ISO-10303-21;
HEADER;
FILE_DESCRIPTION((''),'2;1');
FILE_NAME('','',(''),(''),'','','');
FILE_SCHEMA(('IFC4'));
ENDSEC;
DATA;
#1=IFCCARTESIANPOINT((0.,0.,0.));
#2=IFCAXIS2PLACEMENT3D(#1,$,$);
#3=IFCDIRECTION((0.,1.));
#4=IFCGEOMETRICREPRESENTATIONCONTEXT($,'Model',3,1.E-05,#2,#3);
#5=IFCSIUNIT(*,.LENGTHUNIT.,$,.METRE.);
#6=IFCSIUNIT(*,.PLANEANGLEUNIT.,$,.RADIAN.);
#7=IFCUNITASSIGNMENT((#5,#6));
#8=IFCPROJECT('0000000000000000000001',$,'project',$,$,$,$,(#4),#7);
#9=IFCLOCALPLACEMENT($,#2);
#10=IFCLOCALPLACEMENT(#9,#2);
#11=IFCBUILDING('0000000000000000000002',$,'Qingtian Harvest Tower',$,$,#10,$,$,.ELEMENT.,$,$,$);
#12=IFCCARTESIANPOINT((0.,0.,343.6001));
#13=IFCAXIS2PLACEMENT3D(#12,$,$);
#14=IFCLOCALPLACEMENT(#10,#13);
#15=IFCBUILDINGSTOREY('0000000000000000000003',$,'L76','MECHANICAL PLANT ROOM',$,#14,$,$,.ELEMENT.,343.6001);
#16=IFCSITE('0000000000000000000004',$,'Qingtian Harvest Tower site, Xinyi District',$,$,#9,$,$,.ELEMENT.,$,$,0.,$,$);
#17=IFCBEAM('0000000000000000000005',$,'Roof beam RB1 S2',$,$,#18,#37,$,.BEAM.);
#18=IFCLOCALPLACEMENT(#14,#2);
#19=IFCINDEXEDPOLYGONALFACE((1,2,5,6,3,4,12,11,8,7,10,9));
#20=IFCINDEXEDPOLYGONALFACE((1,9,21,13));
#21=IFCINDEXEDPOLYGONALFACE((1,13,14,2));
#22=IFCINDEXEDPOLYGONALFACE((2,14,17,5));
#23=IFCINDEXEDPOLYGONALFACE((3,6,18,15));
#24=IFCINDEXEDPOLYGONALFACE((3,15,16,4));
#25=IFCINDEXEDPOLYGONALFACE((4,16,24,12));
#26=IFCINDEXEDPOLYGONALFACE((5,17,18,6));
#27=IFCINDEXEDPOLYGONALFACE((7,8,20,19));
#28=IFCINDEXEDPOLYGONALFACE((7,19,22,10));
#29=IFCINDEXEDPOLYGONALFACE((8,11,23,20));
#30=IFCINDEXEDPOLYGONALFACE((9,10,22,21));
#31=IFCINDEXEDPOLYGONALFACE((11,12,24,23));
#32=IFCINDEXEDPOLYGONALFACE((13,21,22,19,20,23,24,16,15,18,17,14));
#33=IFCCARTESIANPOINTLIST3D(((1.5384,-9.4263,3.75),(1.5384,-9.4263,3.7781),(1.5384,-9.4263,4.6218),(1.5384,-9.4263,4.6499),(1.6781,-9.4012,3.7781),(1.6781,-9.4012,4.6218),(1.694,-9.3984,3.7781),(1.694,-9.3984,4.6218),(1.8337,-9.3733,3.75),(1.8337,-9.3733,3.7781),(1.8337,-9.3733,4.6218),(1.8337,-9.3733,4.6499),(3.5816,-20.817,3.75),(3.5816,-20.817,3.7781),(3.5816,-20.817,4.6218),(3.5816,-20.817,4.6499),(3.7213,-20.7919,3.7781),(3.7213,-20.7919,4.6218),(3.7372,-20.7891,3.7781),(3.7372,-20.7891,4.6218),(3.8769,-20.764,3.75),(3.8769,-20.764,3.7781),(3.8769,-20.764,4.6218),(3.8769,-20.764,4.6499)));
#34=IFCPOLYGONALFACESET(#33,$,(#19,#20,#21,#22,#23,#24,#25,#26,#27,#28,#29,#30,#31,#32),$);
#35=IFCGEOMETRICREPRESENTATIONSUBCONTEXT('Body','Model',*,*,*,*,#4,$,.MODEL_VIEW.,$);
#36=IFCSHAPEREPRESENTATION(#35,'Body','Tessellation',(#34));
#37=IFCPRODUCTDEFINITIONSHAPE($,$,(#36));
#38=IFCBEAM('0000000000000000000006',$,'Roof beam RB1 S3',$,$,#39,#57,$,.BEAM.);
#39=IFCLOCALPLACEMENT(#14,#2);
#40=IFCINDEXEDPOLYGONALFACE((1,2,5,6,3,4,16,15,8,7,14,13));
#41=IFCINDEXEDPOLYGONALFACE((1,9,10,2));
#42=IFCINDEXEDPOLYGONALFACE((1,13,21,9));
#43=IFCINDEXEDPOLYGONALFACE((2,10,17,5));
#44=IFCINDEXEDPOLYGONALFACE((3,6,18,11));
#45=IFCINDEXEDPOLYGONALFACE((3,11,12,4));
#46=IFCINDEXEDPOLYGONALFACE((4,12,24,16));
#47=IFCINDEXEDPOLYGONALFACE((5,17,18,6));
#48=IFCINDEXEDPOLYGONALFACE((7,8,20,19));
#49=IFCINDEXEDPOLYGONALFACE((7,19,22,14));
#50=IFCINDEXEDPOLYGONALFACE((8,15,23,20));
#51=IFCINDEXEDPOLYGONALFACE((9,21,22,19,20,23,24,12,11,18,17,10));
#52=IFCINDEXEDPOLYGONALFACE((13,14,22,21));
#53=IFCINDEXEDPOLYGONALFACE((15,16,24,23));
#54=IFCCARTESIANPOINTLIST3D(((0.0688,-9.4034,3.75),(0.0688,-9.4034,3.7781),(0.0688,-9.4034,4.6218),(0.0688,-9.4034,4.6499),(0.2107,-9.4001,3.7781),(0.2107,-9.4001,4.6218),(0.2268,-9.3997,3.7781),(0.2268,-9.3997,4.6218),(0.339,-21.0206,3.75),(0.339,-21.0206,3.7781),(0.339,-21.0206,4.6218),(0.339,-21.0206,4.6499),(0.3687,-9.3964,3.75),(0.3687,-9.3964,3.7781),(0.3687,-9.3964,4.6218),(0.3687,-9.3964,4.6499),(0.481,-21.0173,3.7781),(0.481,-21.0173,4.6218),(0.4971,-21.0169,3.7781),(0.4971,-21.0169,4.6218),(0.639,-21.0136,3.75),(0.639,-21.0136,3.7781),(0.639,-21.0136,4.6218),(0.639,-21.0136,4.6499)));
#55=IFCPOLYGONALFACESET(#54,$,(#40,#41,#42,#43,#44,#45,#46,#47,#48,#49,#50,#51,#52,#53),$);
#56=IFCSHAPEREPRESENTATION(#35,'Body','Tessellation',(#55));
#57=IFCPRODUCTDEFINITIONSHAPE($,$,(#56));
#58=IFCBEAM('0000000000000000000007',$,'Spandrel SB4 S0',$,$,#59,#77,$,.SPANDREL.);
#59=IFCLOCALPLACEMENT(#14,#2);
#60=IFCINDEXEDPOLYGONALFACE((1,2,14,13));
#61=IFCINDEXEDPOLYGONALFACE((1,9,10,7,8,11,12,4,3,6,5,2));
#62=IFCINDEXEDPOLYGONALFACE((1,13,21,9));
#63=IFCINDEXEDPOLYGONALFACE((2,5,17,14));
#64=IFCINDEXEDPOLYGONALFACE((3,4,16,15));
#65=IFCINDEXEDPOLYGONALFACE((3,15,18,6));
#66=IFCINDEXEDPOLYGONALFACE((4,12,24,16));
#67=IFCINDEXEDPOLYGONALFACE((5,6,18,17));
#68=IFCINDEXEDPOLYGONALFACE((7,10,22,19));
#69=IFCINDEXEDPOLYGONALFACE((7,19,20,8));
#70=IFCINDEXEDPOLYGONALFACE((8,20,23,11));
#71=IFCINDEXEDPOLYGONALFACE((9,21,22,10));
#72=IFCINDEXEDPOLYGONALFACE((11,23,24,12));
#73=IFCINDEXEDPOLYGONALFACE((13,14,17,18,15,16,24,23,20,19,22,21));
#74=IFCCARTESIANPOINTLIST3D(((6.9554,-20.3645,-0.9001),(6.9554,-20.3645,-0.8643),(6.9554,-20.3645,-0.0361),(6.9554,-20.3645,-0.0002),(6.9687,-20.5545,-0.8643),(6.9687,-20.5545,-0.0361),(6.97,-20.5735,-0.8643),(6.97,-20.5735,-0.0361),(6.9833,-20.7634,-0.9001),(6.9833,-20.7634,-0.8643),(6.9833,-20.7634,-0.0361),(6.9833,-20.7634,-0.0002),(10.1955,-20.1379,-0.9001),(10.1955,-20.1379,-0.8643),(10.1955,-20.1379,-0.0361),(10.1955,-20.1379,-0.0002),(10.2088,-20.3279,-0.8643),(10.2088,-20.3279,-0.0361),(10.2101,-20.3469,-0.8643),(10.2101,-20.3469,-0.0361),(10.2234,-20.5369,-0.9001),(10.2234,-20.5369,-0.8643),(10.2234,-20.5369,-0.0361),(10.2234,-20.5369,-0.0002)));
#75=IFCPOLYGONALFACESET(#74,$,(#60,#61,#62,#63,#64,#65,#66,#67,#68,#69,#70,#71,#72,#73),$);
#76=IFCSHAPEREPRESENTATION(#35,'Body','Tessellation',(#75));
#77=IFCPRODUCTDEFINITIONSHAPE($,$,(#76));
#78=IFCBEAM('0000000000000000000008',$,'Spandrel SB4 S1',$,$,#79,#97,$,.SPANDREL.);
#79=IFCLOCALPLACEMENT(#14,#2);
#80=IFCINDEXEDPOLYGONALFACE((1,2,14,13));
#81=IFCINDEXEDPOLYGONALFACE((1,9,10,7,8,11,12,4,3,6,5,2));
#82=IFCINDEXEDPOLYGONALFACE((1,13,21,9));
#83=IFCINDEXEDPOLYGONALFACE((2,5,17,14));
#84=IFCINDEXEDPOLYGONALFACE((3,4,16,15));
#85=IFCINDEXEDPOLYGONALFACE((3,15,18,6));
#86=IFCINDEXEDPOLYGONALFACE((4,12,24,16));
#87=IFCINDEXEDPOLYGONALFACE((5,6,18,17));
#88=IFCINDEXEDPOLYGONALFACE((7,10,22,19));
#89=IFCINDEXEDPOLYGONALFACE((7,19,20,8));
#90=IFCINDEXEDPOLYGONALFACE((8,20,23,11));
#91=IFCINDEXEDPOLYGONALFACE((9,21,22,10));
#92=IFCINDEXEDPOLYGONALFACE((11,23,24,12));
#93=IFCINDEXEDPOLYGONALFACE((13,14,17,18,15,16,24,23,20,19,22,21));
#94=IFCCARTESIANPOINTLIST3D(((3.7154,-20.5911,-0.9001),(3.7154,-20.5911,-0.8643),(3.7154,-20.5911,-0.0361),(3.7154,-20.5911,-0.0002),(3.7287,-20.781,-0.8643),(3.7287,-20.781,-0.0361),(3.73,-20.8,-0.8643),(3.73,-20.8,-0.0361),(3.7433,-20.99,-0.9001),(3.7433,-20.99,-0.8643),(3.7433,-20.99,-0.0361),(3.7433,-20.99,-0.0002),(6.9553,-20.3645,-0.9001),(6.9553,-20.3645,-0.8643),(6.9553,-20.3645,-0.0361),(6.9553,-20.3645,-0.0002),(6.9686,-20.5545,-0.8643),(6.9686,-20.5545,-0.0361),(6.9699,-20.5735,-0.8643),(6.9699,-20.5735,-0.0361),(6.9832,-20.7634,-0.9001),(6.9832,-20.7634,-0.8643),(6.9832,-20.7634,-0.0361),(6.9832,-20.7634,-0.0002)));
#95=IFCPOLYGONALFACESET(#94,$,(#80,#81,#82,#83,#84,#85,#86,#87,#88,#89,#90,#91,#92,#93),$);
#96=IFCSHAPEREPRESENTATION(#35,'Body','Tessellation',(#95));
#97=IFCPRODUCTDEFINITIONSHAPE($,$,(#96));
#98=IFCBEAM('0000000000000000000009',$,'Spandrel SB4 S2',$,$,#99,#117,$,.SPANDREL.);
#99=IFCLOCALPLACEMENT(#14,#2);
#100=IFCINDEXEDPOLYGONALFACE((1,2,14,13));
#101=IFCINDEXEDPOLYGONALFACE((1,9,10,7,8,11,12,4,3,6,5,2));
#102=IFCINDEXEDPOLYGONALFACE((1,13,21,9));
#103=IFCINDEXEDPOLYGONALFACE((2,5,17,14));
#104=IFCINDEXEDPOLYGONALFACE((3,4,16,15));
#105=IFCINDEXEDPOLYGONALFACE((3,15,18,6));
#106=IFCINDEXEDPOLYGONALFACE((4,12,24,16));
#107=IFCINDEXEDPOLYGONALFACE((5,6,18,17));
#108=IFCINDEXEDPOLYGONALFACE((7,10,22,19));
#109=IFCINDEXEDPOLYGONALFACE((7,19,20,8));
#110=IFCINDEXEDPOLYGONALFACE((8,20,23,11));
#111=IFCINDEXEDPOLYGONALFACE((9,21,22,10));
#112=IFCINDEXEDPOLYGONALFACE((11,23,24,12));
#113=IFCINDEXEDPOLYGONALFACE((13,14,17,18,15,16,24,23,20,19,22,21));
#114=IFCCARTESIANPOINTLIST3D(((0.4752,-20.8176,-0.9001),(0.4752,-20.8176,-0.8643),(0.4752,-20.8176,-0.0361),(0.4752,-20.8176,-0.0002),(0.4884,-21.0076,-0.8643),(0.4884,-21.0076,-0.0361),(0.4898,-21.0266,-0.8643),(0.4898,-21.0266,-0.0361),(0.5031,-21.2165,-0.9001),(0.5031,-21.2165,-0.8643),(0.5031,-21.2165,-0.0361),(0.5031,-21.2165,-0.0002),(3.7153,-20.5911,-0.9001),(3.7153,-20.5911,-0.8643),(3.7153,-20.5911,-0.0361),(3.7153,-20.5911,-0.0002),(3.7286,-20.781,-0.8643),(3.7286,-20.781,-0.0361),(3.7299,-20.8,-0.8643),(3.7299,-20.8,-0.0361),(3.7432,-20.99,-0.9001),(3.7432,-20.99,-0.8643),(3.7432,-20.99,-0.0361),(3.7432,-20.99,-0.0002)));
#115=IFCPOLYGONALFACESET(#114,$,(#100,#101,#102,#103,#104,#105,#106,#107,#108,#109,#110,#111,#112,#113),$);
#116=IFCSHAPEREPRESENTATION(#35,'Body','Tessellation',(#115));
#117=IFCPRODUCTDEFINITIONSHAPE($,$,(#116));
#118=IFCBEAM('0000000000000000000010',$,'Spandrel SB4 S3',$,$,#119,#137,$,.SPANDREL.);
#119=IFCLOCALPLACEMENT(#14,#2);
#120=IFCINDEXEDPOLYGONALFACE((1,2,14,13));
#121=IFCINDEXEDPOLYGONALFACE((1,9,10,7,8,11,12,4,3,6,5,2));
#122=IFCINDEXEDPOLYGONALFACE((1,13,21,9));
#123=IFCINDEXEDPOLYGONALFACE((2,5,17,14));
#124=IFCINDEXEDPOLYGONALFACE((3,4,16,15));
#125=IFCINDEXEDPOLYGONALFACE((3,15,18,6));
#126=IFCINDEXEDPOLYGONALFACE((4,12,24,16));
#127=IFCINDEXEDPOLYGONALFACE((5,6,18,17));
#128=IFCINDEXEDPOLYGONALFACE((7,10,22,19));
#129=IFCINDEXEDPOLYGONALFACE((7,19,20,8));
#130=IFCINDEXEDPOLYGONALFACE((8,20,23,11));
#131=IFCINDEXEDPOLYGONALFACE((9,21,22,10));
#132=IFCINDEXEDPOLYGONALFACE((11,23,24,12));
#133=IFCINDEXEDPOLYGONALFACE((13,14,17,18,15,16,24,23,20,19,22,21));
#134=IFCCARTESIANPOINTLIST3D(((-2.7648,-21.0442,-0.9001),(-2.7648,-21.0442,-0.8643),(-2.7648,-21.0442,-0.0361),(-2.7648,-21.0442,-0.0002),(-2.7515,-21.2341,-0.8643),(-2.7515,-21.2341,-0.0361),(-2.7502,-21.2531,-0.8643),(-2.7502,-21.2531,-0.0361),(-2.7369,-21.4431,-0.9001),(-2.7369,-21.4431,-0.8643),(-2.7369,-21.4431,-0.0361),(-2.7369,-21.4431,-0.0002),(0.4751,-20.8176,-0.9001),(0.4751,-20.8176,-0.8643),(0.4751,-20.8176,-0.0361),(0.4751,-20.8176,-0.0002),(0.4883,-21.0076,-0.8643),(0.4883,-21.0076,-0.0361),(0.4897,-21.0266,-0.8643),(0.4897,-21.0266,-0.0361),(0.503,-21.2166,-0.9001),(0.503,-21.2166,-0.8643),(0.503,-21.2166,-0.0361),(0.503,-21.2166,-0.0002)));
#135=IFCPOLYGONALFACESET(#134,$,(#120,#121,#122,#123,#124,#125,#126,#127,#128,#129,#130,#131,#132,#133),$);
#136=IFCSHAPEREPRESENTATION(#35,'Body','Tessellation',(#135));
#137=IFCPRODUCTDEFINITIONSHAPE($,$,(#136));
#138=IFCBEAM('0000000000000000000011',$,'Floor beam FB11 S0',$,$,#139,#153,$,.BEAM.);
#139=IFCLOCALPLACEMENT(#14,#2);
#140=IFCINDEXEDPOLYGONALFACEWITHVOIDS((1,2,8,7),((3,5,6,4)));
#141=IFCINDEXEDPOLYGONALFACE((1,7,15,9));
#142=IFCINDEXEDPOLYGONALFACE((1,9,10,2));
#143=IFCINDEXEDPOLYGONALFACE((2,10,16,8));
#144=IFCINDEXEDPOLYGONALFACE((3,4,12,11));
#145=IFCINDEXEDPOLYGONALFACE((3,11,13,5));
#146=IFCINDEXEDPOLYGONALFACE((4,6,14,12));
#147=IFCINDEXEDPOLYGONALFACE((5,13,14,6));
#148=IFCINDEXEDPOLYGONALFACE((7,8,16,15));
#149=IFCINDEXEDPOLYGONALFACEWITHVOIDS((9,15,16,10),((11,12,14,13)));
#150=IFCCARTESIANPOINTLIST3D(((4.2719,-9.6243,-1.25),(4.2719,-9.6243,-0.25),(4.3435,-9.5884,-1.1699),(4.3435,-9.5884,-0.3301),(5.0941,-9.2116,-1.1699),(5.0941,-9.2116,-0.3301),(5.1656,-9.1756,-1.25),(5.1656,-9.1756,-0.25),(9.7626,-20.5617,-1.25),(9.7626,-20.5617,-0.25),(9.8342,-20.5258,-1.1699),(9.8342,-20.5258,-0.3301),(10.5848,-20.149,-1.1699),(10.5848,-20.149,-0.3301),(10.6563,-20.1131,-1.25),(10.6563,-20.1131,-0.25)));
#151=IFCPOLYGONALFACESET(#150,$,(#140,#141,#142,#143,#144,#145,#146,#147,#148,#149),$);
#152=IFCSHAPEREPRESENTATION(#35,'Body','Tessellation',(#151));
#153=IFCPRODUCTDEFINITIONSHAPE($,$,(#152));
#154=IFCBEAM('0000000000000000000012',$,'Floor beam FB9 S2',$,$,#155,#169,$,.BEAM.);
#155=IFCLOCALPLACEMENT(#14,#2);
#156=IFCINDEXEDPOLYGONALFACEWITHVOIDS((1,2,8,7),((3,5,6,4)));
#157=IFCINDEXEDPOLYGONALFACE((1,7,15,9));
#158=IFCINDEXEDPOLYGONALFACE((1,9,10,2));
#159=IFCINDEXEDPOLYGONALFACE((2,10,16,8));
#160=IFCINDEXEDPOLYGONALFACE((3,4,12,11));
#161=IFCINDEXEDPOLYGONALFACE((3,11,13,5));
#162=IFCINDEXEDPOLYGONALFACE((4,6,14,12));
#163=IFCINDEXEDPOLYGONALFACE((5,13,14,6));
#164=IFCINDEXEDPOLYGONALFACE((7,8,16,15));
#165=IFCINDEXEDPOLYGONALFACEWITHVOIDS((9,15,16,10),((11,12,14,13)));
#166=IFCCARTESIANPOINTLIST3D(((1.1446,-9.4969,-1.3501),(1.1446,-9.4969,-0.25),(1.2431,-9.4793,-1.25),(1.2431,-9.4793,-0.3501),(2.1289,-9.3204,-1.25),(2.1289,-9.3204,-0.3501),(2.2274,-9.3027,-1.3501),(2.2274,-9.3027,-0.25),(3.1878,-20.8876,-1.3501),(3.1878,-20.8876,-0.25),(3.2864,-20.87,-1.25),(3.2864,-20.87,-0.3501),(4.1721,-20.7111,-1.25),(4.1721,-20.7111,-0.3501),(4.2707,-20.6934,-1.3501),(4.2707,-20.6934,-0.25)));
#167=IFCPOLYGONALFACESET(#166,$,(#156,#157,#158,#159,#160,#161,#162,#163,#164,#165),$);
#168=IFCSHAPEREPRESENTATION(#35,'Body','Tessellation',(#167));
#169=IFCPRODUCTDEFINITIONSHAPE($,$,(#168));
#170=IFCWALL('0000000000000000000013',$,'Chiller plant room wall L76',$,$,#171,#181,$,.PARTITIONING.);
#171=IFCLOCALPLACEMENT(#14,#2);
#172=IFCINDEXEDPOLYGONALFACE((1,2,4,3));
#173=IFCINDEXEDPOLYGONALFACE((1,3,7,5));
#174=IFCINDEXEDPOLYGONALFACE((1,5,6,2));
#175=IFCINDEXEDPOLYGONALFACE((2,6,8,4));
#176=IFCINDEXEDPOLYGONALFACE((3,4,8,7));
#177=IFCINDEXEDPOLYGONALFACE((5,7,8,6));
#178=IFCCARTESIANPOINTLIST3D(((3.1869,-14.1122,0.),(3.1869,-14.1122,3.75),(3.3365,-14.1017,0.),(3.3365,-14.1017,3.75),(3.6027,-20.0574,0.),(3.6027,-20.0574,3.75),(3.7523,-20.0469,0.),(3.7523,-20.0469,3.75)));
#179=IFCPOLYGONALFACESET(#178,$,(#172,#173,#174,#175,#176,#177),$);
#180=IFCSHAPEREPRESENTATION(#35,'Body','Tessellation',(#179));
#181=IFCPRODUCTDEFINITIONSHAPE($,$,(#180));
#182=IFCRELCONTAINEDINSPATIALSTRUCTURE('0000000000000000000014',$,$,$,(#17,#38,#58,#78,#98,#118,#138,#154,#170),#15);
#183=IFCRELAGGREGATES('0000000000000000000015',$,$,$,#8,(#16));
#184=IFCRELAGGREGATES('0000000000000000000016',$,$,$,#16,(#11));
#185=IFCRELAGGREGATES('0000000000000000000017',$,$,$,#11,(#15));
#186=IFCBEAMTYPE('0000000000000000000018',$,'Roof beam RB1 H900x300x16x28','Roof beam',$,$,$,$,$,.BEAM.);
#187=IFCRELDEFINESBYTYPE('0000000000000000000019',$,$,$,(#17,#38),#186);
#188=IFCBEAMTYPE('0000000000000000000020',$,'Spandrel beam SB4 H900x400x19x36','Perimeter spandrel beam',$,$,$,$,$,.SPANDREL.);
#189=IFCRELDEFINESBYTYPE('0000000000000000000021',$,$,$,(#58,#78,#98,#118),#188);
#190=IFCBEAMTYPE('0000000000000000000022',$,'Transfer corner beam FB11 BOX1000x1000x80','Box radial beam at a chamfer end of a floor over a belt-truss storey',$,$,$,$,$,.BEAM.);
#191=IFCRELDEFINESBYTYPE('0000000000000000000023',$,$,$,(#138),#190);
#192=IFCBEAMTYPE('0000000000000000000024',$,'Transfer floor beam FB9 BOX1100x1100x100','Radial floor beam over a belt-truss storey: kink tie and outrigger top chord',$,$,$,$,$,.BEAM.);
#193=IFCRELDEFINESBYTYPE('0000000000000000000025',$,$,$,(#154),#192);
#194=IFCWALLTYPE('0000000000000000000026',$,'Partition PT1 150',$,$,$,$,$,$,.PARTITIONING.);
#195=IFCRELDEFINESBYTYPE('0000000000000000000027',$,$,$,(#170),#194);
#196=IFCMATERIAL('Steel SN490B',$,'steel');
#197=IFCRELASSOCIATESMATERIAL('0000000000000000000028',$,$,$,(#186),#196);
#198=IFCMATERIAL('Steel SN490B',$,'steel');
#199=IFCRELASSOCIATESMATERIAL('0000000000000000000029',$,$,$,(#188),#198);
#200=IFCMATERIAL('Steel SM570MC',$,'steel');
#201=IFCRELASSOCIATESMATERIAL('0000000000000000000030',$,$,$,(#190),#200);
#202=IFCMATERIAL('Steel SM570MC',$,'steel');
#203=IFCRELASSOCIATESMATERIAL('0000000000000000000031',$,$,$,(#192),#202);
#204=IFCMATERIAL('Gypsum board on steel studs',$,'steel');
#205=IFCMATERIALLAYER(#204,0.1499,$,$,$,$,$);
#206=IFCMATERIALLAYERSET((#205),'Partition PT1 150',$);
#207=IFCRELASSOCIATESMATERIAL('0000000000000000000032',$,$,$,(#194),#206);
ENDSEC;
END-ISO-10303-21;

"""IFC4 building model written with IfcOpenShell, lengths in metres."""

from ifc_helpers import new_model, si_unit, direction, frame, frame_2d, origin, origin_2d, place, context, subcontext, project, spatial, rectangle, hollow_rectangle, i_section, extrude, material, layer, layer_set, material_profile, profile_set, type_object, element, save


model = new_model("IFC4")

# Units and contexts
model_context = context("Model", 3, precision=1e-05, world=origin(), true_north=direction((0.0, 1.0)))
body_context = subcontext(model_context, "Body", "Model", "MODEL_VIEW")
ifc_project = project(units=[si_unit("LENGTHUNIT", "METRE"), si_unit("PLANEANGLEUNIT", "RADIAN")], contexts=[model_context])

# Site, building, storey
site_placement = place(None, origin())
site = spatial("IfcSite", under=ifc_project, at=site_placement, Name="Qingtian Harvest Tower site, Xinyi District", CompositionType="ELEMENT", RefElevation=0.0)
building_placement = place(site_placement, origin())
building = spatial("IfcBuilding", under=site, at=building_placement, Name="Qingtian Harvest Tower", CompositionType="ELEMENT")
storey_placement = place(building_placement, frame((0.0, 0.0, 343.6001)))
storey = spatial("IfcBuildingStorey", under=building, at=storey_placement, Name="L76", Description="MECHANICAL PLANT ROOM", CompositionType="ELEMENT", Elevation=343.6001)

# Beams
ifc_material_1 = material(Name="Steel SN490B", Category="steel")
ifc_material_profile_1 = material_profile(ifc_material_1, i_section(OverallWidth=0.3, OverallDepth=0.8999, WebThickness=0.0161, FlangeThickness=0.0281, at=origin_2d()), Name="H900x300x16x28")
ifc_profile_set_1 = profile_set([ifc_material_profile_1], Name="Steel SN490B")
beam_type_1 = type_object("IfcBeamType", Name="Roof beam RB1 H900x300x16x28", Description="Roof beam", PredefinedType="BEAM", material=ifc_profile_set_1)
beam_1_placement = place(storey_placement, frame((3.7292, -20.7905, 4.2), z_axis=(-0.176559, 0.98429, 0.0), x_axis=(-0.98429, -0.176559, 0.0)))
element("IfcBeam", 1, at=beam_1_placement, inside=storey, type_object=beam_type_1, Name="Roof beam RB1 S2", PredefinedType="BEAM", context=body_context, shape_type="SweptSolid", body=[
    extrude(i_section(OverallWidth=0.3, OverallDepth=0.8999, WebThickness=0.0161, FlangeThickness=0.0281, at=origin_2d()), origin(), (0.0, 0.0, 1.0), 11.5725),
])
beam_2_placement = place(storey_placement, frame((0.489, -21.0171, 4.2), z_axis=(-0.023258, 0.99973, 0.0), x_axis=(-0.99973, -0.023258, 0.0)))
element("IfcBeam", 2, at=beam_2_placement, inside=storey, type_object=beam_type_1, Name="Roof beam RB1 S3", PredefinedType="BEAM", context=body_context, shape_type="SweptSolid", body=[
    extrude(i_section(OverallWidth=0.3, OverallDepth=0.8999, WebThickness=0.0161, FlangeThickness=0.0281, at=origin_2d()), origin(), (0.0, 0.0, 1.0), 11.6204),
])
ifc_material_2 = material(Name="Steel SN490B", Category="steel")
ifc_material_profile_2 = material_profile(ifc_material_2, i_section(OverallWidth=0.3999, OverallDepth=0.8999, WebThickness=0.019, FlangeThickness=0.0359, at=origin_2d()), Name="H900x400x19x36")
ifc_profile_set_2 = profile_set([ifc_material_profile_2], Name="Steel SN490B")
beam_type_2 = type_object("IfcBeamType", Name="Spandrel beam SB4 H900x400x19x36", Description="Perimeter spandrel beam", PredefinedType="SPANDREL", material=ifc_profile_set_2)
beam_3_placement = place(storey_placement, frame((10.2095, -20.3374, -0.4502), z_axis=(-0.997564, -0.069751, 0.0), x_axis=(0.069751, -0.997564, 0.0)))
element("IfcBeam", 3, at=beam_3_placement, inside=storey, type_object=beam_type_2, Name="Spandrel SB4 S0", PredefinedType="SPANDREL", context=body_context, shape_type="SweptSolid", body=[
    extrude(i_section(OverallWidth=0.3999, OverallDepth=0.8999, WebThickness=0.019, FlangeThickness=0.0359, at=origin_2d()), origin(), (0.0, 0.0, 1.0), 3.248),
])
beam_4_placement = place(storey_placement, frame((6.9692, -20.564, -0.4502), z_axis=(-0.997564, -0.069757, 0.0), x_axis=(0.069757, -0.997564, 0.0)))
element("IfcBeam", 4, at=beam_4_placement, inside=storey, type_object=beam_type_2, Name="Spandrel SB4 S1", PredefinedType="SPANDREL", context=body_context, shape_type="SweptSolid", body=[
    extrude(i_section(OverallWidth=0.3999, OverallDepth=0.8999, WebThickness=0.019, FlangeThickness=0.0359, at=origin_2d()), origin(), (0.0, 0.0, 1.0), 3.2478),
])
beam_5_placement = place(storey_placement, frame((3.7292, -20.7905, -0.4502), z_axis=(-0.997564, -0.069751, 0.0), x_axis=(0.069751, -0.997564, 0.0)))
element("IfcBeam", 5, at=beam_5_placement, inside=storey, type_object=beam_type_2, Name="Spandrel SB4 S2", PredefinedType="SPANDREL", context=body_context, shape_type="SweptSolid", body=[
    extrude(i_section(OverallWidth=0.3999, OverallDepth=0.8999, WebThickness=0.019, FlangeThickness=0.0359, at=origin_2d()), origin(), (0.0, 0.0, 1.0), 3.248),
])
beam_6_placement = place(storey_placement, frame((0.489, -21.0171, -0.4502), z_axis=(-0.997564, -0.069757, 0.0), x_axis=(0.069757, -0.997564, 0.0)))
element("IfcBeam", 6, at=beam_6_placement, inside=storey, type_object=beam_type_2, Name="Spandrel SB4 S3", PredefinedType="SPANDREL", context=body_context, shape_type="SweptSolid", body=[
    extrude(i_section(OverallWidth=0.3999, OverallDepth=0.8999, WebThickness=0.019, FlangeThickness=0.0359, at=origin_2d()), origin(), (0.0, 0.0, 1.0), 3.2478),
])
ifc_material_3 = material(Name="Steel SM570MC", Category="steel")
ifc_material_profile_3 = material_profile(ifc_material_3, hollow_rectangle(XDim=1.0, YDim=1.0, WallThickness=0.0801, at=origin_2d()), Name="BOX1000x1000x80")
ifc_profile_set_3 = profile_set([ifc_material_profile_3], Name="Steel SM570MC")
beam_type_3 = type_object("IfcBeamType", Name="Transfer corner beam FB11 BOX1000x1000x80", Description="Box radial beam at a chamfer end of a floor over a belt-truss storey", PredefinedType="BEAM", material=ifc_profile_set_3)
beam_7_placement = place(storey_placement, frame((10.2095, -20.3374, -0.75), z_axis=(-0.448649, 0.893708, 0.0), x_axis=(-0.893708, -0.448649, 0.0)))
element("IfcBeam", 7, at=beam_7_placement, inside=storey, type_object=beam_type_3, Name="Floor beam FB11 S0", PredefinedType="BEAM", context=body_context, shape_type="SweptSolid", body=[
    extrude(hollow_rectangle(XDim=1.0, YDim=1.0, WallThickness=0.0801, at=origin_2d()), origin(), (0.0, 0.0, 1.0), 12.2383),
])
ifc_material_4 = material(Name="Steel SM570MC", Category="steel")
ifc_material_profile_4 = material_profile(ifc_material_4, hollow_rectangle(XDim=1.1001, YDim=1.1001, WallThickness=0.1001, at=origin_2d()), Name="BOX1100x1100x100")
ifc_profile_set_4 = profile_set([ifc_material_profile_4], Name="Steel SM570MC")
beam_type_4 = type_object("IfcBeamType", Name="Transfer floor beam FB9 BOX1100x1100x100", Description="Radial floor beam over a belt-truss storey: kink tie and outrigger top chord", PredefinedType="BEAM", material=ifc_profile_set_4)
beam_8_placement = place(storey_placement, frame((3.7292, -20.7905, -0.8), z_axis=(-0.176559, 0.98429, 0.0), x_axis=(-0.98429, -0.176559, 0.0)))
element("IfcBeam", 8, at=beam_8_placement, inside=storey, type_object=beam_type_4, Name="Floor beam FB9 S2", PredefinedType="BEAM", context=body_context, shape_type="SweptSolid", body=[
    extrude(hollow_rectangle(XDim=1.1001, YDim=1.1001, WallThickness=0.1001, at=origin_2d()), origin(), (0.0, 0.0, 1.0), 11.5725),
])

# Wall
ifc_material_5 = material(Name="Gypsum board on steel studs", Category="steel")
ifc_layer_1 = layer(ifc_material_5, 0.1499)
ifc_layer_set_1 = layer_set([ifc_layer_1], Name="Partition PT1 150")
wall_type_1 = type_object("IfcWallType", Name="Partition PT1 150", PredefinedType="PARTITIONING", material=ifc_layer_set_1)
wall_1_placement = place(storey_placement, frame((3.6775, -20.0522, 0.0), z_axis=(0.0, 0.0, 1.0), x_axis=(-0.069762, 0.997564, 0.0)))
element("IfcWall", 9, at=wall_1_placement, inside=storey, type_object=wall_type_1, Name="Chiller plant room wall L76", PredefinedType="PARTITIONING", context=body_context, shape_type="SweptSolid", body=[
    extrude(rectangle(XDim=5.9597, YDim=0.1499, at=frame_2d((2.98, 0.0))), origin(), (0.0, 0.0, 1.0), 3.75),
])

save(model, "model.ifc")
